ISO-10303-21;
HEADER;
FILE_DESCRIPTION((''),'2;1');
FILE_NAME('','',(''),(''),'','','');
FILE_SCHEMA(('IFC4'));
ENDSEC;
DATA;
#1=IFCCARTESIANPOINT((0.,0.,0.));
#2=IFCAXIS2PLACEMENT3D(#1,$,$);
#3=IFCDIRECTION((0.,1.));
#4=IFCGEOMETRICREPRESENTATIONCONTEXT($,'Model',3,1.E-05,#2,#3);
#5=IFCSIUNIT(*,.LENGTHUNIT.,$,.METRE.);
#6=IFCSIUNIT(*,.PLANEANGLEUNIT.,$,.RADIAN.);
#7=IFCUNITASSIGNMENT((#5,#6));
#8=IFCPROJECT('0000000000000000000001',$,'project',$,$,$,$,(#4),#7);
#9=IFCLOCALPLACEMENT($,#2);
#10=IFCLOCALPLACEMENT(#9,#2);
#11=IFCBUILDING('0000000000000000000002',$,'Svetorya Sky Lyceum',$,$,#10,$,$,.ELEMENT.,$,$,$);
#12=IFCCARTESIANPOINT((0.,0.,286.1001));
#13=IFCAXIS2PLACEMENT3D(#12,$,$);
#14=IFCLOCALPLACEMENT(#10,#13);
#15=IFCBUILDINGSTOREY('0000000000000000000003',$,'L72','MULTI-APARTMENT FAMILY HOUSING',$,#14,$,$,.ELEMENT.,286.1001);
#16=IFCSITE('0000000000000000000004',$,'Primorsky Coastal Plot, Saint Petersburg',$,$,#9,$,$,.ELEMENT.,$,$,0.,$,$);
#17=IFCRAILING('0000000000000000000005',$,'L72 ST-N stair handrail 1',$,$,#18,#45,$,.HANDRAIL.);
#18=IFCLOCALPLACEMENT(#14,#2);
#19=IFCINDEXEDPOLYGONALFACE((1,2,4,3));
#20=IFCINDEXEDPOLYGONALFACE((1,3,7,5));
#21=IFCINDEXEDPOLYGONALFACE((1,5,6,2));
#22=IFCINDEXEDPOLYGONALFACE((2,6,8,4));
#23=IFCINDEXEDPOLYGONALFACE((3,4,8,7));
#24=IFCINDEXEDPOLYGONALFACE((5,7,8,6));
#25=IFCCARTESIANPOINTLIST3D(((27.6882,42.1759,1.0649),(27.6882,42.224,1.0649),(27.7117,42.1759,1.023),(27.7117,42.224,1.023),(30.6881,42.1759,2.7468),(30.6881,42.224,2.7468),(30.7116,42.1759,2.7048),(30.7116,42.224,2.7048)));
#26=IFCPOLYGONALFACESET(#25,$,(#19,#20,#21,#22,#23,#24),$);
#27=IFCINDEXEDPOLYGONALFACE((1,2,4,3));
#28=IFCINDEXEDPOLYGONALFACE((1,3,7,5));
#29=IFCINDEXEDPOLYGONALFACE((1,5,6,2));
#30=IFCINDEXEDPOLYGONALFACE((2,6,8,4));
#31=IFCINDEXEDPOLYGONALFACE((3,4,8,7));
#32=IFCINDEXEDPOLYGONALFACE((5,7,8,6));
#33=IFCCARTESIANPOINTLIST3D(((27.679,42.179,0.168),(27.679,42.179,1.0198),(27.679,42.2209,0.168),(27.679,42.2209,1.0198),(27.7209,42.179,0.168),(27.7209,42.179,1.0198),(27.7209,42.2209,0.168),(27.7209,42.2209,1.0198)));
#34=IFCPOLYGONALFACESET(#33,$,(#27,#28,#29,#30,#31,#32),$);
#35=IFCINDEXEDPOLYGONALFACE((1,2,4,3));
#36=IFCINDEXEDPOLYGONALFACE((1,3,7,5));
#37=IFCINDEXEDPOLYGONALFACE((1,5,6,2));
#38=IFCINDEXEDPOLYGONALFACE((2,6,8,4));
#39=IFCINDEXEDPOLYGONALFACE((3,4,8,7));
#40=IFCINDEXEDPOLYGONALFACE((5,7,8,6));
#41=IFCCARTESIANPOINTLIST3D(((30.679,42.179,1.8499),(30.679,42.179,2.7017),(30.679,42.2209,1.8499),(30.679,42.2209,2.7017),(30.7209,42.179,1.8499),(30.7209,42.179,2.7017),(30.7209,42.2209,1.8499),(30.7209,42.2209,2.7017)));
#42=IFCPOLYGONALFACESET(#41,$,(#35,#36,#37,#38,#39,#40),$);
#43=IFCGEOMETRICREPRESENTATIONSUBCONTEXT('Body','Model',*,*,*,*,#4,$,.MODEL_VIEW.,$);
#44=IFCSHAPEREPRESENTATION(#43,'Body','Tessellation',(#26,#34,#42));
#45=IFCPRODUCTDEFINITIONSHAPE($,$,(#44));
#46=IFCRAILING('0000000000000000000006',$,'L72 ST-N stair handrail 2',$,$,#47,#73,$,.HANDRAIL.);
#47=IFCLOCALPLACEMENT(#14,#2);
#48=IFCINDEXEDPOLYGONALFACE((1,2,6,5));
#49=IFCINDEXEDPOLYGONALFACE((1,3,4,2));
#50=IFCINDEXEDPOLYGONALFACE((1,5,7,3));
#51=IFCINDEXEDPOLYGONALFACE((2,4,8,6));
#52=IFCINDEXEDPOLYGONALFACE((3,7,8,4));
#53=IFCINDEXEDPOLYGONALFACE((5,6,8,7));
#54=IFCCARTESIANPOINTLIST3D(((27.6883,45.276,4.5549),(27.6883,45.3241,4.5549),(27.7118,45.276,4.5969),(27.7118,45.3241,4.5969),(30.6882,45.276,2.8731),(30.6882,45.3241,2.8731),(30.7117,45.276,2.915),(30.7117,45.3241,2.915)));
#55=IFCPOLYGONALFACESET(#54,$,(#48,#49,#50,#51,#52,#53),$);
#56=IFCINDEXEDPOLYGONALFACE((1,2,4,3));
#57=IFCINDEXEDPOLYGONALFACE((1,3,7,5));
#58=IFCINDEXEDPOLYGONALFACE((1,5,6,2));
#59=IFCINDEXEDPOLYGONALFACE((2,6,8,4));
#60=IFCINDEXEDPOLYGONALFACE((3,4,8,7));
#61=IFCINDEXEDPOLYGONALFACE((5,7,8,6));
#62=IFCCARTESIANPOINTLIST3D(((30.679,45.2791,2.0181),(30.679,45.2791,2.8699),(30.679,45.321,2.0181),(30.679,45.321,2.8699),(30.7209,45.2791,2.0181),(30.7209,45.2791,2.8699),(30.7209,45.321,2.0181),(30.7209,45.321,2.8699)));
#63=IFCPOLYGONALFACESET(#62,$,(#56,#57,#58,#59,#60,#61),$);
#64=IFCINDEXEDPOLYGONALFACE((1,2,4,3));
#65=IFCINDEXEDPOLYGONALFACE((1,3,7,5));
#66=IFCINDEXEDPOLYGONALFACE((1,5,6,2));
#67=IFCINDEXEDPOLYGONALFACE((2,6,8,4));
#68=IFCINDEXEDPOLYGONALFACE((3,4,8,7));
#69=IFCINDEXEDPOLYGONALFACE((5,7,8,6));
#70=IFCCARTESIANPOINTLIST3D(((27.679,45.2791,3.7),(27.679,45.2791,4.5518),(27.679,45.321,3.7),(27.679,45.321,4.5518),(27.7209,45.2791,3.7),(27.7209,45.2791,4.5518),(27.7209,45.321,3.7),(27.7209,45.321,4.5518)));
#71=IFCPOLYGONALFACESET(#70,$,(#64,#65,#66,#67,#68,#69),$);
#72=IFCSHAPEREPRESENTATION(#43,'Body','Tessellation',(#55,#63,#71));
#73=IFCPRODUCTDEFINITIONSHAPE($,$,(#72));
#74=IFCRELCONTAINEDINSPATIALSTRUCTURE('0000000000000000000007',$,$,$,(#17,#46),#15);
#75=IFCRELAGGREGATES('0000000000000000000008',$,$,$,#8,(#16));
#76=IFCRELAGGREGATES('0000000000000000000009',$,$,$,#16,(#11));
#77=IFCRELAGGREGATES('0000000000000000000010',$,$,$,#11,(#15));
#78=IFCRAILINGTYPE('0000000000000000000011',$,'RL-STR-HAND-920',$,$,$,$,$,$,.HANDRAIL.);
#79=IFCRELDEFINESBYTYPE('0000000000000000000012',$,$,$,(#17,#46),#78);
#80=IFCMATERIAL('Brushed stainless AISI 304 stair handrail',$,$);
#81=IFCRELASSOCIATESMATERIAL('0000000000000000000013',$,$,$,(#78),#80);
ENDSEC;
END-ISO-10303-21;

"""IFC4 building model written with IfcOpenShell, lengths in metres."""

from ifc_helpers import new_model, si_unit, direction, frame, origin, origin_2d, place, context, subcontext, project, spatial, rectangle, extrude, material, type_object, element, save


model = new_model("IFC4")

# Units and contexts
model_context = context("Model", 3, precision=1e-05, world=origin(), true_north=direction((0.0, 1.0)))
body_context = subcontext(model_context, "Body", "Model", "MODEL_VIEW")
ifc_project = project(units=[si_unit("LENGTHUNIT", "METRE"), si_unit("PLANEANGLEUNIT", "RADIAN")], contexts=[model_context])

# Site, building, storey
site_placement = place(None, origin())
site = spatial("IfcSite", under=ifc_project, at=site_placement, Name="Primorsky Coastal Plot, Saint Petersburg", CompositionType="ELEMENT", RefElevation=0.0)
building_placement = place(site_placement, origin())
building = spatial("IfcBuilding", under=site, at=building_placement, Name="Svetorya Sky Lyceum", CompositionType="ELEMENT")
storey_placement = place(building_placement, frame((0.0, 0.0, 286.1001)))
storey = spatial("IfcBuildingStorey", under=building, at=storey_placement, Name="L72", Description="MULTI-APARTMENT FAMILY HOUSING", CompositionType="ELEMENT", Elevation=286.1001)

# Railings
ifc_material_1 = material(Name="Brushed stainless AISI 304 stair handrail")
railing_type_1 = type_object("IfcRailingType", Name="RL-STR-HAND-920", PredefinedType="HANDRAIL", material=ifc_material_1)
railing_1_placement = place(storey_placement, frame((27.7, 42.2, 0.168)))
element("IfcRailing", 1, at=railing_1_placement, inside=storey, type_object=railing_type_1, Name="L72 ST-N stair handrail 1", PredefinedType="HANDRAIL", context=body_context, shape_type="SweptSolid", body=[
    extrude(rectangle(XDim=0.0481, YDim=0.0481, at=origin_2d()), frame((0.0, 0.0, 0.876), z_axis=(0.872272, 0.0, 0.48902), x_axis=(0.0, 1.0, 0.0)), (0.0, 0.0, 1.0), 3.4392),
    extrude(rectangle(XDim=0.042, YDim=0.042, at=origin_2d()), origin(), (0.0, 0.0, 1.0), 0.8518),
    extrude(rectangle(XDim=0.042, YDim=0.042, at=origin_2d()), frame((3.0, 0.0, 1.6819)), (0.0, 0.0, 1.0), 0.8518),
])
railing_2_placement = place(storey_placement, frame((30.7, 45.3, 2.0181)))
element("IfcRailing", 2, at=railing_2_placement, inside=storey, type_object=railing_type_1, Name="L72 ST-N stair handrail 2", PredefinedType="HANDRAIL", context=body_context, shape_type="SweptSolid", body=[
    extrude(rectangle(XDim=0.0481, YDim=0.0481, at=origin_2d()), frame((0.0, 0.0, 0.876), z_axis=(-0.872272, 0.0, 0.48902), x_axis=(0.0, -1.0, 0.0)), (0.0, 0.0, 1.0), 3.4392),
    extrude(rectangle(XDim=0.042, YDim=0.042, at=origin_2d()), origin(), (0.0, 0.0, 1.0), 0.8518),
    extrude(rectangle(XDim=0.042, YDim=0.042, at=origin_2d()), frame((-3.0, 0.0, 1.6819)), (0.0, 0.0, 1.0), 0.8518),
])

save(model, "model.ifc")
